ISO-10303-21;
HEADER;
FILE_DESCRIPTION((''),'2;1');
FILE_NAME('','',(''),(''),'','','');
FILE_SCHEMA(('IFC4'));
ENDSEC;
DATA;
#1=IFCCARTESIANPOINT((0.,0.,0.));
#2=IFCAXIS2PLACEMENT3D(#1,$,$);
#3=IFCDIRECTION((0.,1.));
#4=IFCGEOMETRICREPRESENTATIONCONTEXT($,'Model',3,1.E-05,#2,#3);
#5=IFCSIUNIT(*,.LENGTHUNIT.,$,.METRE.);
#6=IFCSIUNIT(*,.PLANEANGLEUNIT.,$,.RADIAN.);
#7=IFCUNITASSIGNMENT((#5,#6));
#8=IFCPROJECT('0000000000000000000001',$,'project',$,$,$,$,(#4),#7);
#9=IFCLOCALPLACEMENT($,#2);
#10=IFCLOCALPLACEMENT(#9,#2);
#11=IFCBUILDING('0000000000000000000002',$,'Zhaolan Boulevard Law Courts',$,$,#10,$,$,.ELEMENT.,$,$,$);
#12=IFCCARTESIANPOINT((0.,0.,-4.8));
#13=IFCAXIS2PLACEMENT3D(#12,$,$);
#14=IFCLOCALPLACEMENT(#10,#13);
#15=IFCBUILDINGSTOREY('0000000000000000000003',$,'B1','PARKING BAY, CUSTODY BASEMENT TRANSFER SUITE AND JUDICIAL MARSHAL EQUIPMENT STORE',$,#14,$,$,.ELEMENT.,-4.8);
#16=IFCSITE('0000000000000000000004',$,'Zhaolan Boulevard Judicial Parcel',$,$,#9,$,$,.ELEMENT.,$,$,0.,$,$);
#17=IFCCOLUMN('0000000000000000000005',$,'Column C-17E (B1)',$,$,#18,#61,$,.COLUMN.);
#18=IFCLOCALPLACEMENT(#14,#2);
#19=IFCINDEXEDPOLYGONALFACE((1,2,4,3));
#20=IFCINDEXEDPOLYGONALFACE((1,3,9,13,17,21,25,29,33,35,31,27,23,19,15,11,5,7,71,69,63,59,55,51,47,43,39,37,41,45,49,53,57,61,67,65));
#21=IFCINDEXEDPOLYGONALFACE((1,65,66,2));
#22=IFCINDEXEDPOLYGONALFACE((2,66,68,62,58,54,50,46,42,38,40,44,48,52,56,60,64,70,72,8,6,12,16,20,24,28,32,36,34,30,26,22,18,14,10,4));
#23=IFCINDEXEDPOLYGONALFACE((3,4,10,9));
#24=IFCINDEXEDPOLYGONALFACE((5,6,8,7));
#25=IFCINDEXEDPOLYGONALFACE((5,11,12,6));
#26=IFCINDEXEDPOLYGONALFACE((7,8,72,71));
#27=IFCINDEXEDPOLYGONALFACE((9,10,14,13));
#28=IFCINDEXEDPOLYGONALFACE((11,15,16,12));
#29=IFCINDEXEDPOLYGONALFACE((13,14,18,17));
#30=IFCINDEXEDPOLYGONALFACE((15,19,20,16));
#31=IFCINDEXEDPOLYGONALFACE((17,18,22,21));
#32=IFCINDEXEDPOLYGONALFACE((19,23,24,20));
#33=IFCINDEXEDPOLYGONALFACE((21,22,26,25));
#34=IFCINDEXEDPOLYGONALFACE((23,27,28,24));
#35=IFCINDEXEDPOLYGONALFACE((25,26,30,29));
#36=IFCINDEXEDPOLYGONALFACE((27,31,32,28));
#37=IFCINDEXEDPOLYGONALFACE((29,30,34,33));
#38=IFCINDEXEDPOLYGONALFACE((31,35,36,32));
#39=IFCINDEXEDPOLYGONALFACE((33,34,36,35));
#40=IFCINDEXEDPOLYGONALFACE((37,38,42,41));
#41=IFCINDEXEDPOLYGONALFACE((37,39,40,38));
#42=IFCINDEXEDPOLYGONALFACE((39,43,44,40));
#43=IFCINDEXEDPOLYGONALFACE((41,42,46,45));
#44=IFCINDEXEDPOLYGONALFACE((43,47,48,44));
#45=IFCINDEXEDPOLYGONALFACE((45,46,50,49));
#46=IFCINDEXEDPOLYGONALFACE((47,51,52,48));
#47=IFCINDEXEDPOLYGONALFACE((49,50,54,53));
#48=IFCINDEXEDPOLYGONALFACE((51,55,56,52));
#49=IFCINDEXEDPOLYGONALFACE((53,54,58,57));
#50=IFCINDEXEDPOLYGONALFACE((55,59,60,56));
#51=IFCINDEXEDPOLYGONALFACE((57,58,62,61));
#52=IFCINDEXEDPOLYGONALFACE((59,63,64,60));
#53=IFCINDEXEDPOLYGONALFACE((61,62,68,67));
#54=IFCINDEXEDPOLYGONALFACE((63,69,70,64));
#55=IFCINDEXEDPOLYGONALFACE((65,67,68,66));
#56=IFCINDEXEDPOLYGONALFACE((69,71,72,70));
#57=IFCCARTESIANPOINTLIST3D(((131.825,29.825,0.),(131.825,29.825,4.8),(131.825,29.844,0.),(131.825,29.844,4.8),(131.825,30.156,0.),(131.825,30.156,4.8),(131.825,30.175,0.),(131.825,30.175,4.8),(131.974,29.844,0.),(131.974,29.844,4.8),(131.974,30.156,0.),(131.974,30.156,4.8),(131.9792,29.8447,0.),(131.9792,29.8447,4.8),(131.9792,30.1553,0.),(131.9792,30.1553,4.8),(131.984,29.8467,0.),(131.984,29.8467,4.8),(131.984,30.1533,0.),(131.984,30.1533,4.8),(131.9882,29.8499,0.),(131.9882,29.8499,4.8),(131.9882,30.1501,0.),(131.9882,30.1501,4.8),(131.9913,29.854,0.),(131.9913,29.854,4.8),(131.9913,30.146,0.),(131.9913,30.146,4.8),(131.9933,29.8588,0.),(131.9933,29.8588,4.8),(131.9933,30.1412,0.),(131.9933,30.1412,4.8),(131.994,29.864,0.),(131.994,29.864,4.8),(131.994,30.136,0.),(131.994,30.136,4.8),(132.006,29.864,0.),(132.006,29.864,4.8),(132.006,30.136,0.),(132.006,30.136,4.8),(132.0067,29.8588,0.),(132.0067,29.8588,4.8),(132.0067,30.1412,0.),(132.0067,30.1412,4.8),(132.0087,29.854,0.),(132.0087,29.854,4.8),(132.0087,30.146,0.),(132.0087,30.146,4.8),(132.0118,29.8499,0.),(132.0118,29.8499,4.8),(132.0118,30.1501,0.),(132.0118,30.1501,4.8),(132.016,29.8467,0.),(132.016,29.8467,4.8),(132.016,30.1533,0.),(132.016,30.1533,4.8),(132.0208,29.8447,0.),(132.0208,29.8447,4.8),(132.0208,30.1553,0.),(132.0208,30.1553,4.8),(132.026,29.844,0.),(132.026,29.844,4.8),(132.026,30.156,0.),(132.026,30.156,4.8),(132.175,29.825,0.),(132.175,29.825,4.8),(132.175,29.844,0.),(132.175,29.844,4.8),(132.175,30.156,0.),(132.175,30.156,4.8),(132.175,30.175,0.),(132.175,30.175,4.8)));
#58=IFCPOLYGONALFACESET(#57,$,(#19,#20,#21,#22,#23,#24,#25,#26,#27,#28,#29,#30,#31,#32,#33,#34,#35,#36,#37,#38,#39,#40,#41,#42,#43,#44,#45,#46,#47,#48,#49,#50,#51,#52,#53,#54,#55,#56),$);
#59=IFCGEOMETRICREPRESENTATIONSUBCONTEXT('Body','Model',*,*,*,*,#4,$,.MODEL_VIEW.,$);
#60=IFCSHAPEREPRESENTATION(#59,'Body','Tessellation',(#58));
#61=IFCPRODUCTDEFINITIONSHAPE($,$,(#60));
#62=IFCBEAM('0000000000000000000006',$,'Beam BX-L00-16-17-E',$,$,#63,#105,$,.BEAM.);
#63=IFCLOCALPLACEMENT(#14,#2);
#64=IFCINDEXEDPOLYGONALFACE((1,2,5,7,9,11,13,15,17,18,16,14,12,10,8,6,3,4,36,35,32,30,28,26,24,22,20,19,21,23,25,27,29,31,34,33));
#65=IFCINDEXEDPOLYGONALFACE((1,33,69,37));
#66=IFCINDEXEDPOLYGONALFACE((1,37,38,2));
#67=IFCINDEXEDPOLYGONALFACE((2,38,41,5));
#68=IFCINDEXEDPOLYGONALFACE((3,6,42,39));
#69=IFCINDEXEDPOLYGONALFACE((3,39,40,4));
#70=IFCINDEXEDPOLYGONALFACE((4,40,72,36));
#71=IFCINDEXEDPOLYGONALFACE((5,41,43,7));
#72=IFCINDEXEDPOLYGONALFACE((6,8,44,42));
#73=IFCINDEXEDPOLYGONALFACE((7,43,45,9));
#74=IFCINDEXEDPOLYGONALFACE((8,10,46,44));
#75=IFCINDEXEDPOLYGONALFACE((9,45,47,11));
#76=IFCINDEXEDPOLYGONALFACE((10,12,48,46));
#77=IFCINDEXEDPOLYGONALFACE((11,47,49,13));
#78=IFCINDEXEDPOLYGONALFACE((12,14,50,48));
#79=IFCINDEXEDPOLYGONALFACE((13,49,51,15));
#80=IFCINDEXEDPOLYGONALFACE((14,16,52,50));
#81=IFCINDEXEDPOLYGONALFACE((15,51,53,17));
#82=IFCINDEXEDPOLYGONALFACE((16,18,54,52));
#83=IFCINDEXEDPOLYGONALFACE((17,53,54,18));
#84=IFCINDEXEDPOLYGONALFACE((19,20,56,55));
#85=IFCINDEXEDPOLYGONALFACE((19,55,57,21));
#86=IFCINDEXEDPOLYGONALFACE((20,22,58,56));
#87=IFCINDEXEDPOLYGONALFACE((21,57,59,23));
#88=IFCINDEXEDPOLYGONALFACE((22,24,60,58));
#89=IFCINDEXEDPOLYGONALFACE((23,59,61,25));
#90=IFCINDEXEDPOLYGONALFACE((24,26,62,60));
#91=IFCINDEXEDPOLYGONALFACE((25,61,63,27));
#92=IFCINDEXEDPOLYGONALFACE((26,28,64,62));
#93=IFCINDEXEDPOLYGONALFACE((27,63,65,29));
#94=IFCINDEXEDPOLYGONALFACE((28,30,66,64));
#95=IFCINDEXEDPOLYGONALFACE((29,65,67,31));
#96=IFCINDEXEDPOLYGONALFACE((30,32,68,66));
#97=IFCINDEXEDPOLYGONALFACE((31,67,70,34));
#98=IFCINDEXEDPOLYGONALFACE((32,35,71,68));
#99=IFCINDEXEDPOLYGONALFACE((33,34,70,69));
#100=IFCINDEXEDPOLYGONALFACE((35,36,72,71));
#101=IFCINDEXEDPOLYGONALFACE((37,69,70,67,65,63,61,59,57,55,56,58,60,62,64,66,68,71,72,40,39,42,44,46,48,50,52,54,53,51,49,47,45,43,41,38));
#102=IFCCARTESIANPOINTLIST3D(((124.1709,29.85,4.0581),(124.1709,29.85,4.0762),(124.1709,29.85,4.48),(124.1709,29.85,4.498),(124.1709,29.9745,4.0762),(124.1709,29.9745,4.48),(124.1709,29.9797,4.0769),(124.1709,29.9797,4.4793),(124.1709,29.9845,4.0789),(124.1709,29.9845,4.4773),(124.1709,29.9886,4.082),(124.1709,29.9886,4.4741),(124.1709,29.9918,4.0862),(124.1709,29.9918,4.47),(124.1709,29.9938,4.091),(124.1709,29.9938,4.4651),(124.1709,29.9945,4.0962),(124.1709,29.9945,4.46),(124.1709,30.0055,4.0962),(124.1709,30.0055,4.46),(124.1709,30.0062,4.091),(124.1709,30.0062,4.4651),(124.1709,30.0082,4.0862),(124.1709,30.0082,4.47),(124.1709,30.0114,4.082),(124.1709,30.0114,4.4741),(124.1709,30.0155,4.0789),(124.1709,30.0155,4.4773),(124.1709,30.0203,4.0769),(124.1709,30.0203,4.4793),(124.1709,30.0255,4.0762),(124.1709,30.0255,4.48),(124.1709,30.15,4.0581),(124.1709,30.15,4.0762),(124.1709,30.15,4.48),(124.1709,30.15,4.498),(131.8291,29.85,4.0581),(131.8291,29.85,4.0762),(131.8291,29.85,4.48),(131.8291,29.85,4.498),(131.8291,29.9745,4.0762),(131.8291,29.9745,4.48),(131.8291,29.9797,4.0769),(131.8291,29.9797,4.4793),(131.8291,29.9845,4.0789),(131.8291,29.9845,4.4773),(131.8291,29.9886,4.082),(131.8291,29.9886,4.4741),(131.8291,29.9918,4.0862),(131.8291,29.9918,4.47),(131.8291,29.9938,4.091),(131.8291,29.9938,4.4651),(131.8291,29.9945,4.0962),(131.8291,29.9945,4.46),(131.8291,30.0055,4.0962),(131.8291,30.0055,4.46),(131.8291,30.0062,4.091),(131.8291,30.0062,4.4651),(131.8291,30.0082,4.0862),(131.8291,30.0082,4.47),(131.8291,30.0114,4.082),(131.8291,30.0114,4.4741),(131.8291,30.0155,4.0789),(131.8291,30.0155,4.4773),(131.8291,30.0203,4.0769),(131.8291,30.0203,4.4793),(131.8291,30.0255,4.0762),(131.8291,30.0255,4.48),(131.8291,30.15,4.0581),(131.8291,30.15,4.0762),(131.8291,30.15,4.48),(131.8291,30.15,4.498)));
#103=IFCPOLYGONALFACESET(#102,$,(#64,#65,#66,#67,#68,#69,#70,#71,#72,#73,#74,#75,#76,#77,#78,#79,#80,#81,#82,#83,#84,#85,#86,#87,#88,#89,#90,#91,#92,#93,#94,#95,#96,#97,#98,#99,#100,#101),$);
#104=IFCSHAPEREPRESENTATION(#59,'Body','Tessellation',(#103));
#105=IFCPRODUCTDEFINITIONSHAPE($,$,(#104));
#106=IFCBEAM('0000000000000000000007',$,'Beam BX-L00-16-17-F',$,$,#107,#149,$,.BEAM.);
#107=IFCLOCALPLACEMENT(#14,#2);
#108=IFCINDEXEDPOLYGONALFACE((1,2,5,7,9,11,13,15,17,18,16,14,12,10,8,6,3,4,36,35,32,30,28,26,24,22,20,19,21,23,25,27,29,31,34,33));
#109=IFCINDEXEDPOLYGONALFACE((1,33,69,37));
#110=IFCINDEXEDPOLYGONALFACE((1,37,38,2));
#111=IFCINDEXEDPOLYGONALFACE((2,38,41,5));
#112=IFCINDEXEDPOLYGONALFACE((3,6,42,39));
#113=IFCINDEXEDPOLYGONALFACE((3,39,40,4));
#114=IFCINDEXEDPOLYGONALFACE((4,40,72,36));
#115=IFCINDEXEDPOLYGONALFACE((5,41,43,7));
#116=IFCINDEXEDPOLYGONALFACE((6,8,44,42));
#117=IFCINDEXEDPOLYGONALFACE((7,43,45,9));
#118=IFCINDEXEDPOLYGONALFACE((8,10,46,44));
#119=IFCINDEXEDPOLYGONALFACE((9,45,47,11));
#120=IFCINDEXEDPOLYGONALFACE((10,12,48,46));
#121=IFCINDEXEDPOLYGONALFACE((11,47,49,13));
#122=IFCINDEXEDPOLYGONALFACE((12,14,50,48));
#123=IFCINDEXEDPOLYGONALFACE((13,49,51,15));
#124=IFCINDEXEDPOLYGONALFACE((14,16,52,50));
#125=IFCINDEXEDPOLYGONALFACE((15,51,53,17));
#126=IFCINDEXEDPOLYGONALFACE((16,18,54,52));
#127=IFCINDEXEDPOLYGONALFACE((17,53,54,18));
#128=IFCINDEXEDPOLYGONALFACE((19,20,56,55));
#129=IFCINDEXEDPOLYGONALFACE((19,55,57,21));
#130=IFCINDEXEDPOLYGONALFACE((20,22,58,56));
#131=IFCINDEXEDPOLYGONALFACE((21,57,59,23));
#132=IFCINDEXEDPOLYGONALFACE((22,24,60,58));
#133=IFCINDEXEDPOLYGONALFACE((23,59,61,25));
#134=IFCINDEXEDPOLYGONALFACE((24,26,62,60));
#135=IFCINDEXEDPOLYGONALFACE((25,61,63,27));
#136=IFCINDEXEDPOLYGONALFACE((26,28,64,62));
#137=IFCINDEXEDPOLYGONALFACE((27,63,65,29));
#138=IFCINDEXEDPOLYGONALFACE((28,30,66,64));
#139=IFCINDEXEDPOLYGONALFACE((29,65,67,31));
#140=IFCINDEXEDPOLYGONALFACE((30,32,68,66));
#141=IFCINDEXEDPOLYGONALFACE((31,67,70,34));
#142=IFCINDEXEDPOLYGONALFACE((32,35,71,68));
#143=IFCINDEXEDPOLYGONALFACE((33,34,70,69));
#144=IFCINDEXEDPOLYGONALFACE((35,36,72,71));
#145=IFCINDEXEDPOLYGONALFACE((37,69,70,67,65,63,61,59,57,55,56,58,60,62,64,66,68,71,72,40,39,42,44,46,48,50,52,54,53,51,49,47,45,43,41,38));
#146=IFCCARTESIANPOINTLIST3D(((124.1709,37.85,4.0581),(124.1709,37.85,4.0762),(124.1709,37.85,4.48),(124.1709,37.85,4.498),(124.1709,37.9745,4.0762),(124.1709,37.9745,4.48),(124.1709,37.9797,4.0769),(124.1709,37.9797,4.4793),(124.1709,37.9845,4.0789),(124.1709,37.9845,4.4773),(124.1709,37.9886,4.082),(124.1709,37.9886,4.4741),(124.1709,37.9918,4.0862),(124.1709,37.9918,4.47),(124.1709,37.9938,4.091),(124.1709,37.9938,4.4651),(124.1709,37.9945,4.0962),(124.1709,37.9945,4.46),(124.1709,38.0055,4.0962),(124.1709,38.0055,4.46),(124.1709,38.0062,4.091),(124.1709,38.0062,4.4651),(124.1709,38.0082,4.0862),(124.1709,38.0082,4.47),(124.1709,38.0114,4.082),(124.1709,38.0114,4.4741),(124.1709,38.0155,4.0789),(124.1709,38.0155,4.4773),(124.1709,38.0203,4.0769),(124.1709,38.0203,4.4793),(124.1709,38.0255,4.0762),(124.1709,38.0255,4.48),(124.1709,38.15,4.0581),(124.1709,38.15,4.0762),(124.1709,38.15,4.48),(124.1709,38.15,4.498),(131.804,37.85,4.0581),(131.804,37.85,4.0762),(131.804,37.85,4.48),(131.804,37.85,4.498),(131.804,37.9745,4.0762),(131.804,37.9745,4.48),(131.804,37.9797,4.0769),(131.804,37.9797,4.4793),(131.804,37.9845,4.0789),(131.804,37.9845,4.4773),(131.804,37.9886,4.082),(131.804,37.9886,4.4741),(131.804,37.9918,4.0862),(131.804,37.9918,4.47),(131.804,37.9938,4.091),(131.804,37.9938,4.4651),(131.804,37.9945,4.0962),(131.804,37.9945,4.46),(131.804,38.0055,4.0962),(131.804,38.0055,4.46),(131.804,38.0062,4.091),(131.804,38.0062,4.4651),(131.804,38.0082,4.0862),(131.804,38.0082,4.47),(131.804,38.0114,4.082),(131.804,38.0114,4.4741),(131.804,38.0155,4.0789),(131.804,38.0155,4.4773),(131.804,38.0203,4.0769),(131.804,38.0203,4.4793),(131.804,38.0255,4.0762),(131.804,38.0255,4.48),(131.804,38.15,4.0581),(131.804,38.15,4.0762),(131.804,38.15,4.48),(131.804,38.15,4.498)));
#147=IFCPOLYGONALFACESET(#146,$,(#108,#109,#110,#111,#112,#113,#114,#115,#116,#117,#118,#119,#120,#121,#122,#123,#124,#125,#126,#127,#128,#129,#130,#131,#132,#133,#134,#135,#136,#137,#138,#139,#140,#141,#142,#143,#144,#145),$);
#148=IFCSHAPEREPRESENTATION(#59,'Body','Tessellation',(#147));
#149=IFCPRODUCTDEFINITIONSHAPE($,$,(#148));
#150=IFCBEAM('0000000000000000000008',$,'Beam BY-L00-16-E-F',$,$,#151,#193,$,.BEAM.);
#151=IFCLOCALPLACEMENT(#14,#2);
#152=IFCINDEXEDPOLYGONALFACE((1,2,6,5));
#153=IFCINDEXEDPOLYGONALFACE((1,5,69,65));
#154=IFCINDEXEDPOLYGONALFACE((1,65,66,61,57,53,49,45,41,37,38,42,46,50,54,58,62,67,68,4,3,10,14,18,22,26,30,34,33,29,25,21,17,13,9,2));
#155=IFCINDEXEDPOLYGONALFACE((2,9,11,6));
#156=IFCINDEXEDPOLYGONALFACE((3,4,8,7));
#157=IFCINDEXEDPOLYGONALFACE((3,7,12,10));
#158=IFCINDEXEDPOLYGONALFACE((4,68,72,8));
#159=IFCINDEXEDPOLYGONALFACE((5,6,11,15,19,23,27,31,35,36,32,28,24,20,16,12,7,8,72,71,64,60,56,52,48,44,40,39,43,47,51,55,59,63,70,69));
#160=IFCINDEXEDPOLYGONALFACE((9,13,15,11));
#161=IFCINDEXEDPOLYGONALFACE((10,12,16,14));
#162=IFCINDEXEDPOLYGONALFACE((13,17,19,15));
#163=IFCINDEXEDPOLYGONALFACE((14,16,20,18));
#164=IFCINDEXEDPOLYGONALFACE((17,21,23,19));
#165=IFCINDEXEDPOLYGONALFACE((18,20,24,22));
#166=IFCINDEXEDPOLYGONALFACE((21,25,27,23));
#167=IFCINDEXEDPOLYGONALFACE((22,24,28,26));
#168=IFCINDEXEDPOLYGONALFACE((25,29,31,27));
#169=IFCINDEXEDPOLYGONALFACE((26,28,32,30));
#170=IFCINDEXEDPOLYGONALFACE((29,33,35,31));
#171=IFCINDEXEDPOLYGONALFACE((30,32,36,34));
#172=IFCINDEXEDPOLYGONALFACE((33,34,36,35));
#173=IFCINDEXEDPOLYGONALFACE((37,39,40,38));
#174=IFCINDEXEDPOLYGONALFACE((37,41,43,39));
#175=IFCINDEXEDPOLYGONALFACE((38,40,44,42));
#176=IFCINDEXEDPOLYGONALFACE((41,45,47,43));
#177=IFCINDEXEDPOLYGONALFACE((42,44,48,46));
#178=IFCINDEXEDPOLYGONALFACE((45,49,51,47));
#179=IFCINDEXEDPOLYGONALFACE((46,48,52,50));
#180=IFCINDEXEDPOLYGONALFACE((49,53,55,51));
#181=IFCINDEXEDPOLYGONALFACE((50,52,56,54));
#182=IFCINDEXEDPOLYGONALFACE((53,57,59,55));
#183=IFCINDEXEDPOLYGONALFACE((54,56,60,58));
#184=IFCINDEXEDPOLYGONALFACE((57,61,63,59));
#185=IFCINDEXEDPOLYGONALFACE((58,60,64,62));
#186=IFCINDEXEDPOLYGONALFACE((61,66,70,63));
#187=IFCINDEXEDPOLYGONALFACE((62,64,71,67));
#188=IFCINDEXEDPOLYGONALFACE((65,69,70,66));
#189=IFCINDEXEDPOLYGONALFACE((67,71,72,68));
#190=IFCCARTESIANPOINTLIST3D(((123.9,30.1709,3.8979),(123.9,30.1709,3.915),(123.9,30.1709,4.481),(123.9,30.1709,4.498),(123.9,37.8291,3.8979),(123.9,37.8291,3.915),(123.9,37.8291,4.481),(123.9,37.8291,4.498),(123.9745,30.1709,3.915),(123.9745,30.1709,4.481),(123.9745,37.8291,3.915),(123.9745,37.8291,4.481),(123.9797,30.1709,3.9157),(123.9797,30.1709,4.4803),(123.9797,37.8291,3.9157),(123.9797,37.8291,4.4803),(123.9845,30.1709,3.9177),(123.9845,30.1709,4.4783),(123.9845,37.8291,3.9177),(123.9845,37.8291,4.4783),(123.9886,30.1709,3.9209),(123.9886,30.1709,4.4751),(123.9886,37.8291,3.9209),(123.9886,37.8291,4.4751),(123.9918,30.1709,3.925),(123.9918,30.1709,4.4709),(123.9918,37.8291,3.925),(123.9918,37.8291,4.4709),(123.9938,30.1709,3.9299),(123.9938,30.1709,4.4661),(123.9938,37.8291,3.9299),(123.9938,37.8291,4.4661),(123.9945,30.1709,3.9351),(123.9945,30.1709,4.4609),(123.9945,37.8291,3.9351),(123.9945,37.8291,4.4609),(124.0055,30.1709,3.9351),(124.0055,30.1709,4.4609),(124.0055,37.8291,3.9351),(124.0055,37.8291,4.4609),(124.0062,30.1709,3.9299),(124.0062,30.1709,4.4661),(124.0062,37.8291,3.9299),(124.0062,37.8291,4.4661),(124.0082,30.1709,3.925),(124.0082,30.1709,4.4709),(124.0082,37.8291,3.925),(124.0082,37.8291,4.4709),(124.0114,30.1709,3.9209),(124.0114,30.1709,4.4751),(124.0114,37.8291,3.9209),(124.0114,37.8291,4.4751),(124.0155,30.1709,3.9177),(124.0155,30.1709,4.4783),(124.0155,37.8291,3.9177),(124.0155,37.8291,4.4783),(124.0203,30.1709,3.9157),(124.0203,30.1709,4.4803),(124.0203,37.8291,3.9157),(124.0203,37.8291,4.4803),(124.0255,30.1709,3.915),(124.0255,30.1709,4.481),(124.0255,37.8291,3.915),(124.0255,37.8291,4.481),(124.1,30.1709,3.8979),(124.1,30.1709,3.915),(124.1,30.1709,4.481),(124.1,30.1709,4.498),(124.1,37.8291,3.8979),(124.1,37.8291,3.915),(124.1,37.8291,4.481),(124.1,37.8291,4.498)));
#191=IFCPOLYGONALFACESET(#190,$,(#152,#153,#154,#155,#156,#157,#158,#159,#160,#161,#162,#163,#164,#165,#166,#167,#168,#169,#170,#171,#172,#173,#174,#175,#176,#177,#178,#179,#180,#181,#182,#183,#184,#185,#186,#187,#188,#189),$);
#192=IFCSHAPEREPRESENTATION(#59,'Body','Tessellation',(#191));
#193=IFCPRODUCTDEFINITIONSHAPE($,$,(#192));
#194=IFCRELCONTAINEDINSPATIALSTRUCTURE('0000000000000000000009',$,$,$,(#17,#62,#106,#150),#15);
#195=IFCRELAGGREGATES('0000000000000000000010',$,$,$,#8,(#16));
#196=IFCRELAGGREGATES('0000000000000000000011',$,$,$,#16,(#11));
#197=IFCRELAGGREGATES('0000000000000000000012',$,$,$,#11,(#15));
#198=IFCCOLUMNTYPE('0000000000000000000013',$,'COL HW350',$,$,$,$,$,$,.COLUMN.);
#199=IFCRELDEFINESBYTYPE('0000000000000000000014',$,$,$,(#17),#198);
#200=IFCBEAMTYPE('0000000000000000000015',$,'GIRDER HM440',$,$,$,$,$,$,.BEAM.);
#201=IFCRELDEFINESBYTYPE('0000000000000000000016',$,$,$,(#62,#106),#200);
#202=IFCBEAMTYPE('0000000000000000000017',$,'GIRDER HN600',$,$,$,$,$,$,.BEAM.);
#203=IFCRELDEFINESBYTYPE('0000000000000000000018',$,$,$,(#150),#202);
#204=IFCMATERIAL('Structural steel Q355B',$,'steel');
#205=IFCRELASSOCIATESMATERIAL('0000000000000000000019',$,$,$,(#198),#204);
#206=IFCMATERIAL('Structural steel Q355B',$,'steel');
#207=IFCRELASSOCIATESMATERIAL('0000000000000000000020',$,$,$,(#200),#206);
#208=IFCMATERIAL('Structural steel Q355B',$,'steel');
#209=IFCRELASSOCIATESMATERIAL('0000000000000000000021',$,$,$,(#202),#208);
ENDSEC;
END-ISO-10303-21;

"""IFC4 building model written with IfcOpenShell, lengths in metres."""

from ifc_helpers import new_model, si_unit, direction, frame, origin, origin_2d, place, context, subcontext, project, spatial, i_section, extrude, material, material_profile, profile_set, type_object, element, save


model = new_model("IFC4")

# Units and contexts
model_context = context("Model", 3, precision=1e-05, world=origin(), true_north=direction((0.0, 1.0)))
body_context = subcontext(model_context, "Body", "Model", "MODEL_VIEW")
ifc_project = project(units=[si_unit("LENGTHUNIT", "METRE"), si_unit("PLANEANGLEUNIT", "RADIAN")], contexts=[model_context])

# Site, building, storey
site_placement = place(None, origin())
site = spatial("IfcSite", under=ifc_project, at=site_placement, Name="Zhaolan Boulevard Judicial Parcel", CompositionType="ELEMENT", RefElevation=0.0)
building_placement = place(site_placement, origin())
building = spatial("IfcBuilding", under=site, at=building_placement, Name="Zhaolan Boulevard Law Courts", CompositionType="ELEMENT")
storey_placement = place(building_placement, frame((0.0, 0.0, -4.8)))
storey = spatial("IfcBuildingStorey", under=building, at=storey_placement, Name="B1", Description="PARKING BAY, CUSTODY BASEMENT TRANSFER SUITE AND JUDICIAL MARSHAL EQUIPMENT STORE", CompositionType="ELEMENT", Elevation=-4.8)

# Column
ifc_material_1 = material(Name="Structural steel Q355B", Category="steel")
ifc_material_profile_1 = material_profile(ifc_material_1, i_section(OverallWidth=0.3501, OverallDepth=0.3501, WebThickness=0.012, FlangeThickness=0.019, FilletRadius=0.02, at=origin_2d()), Name="HW350x350")
ifc_profile_set_1 = profile_set([ifc_material_profile_1], Name="Structural steel Q355B")
column_type_1 = type_object("IfcColumnType", Name="COL HW350", PredefinedType="COLUMN", material=ifc_profile_set_1)
for number, where, z_axis, x_axis, name in (
    (1, (132.0, 30.0, 0.0), (0.0, 0.0, 1.0), (1.0, 0.0, 0.0), "Column C-17E (B1)"),
):
    element("IfcColumn", number, at=place(storey_placement, frame(where, z_axis=z_axis, x_axis=x_axis)), inside=storey, type_object=column_type_1, Name=name, PredefinedType="COLUMN", context=body_context, shape_type="SweptSolid", body=[
        extrude(i_section(OverallWidth=0.3501, OverallDepth=0.3501, WebThickness=0.012, FlangeThickness=0.019, FilletRadius=0.02, at=origin_2d()), origin(), (0.0, 0.0, 1.0), 4.8),
    ])

# Beams
ifc_material_2 = material(Name="Structural steel Q355B", Category="steel")
ifc_material_profile_2 = material_profile(ifc_material_2, i_section(OverallWidth=0.3, OverallDepth=0.4399, WebThickness=0.011, FlangeThickness=0.0181, FilletRadius=0.02, at=origin_2d()), Name="HM440x300")
ifc_profile_set_2 = profile_set([ifc_material_profile_2], Name="Structural steel Q355B")
beam_type_1 = type_object("IfcBeamType", Name="GIRDER HM440", PredefinedType="BEAM", material=ifc_profile_set_2)
beam_1_placement = place(storey_placement, frame((124.1709, 30.0, 4.2781), z_axis=(1.0, 0.0, 0.0), x_axis=(0.0, 1.0, 0.0)))
element("IfcBeam", 2, at=beam_1_placement, inside=storey, type_object=beam_type_1, Name="Beam BX-L00-16-17-E", PredefinedType="BEAM", context=body_context, shape_type="SweptSolid", body=[
    extrude(i_section(OverallWidth=0.3, OverallDepth=0.4399, WebThickness=0.011, FlangeThickness=0.0181, FilletRadius=0.02, at=origin_2d()), origin(), (0.0, 0.0, 1.0), 7.6582),
])
beam_2_placement = place(storey_placement, frame((124.1709, 38.0, 4.2781), z_axis=(1.0, 0.0, 0.0), x_axis=(0.0, 1.0, 0.0)))
element("IfcBeam", 3, at=beam_2_placement, inside=storey, type_object=beam_type_1, Name="Beam BX-L00-16-17-F", PredefinedType="BEAM", context=body_context, shape_type="SweptSolid", body=[
    extrude(i_section(OverallWidth=0.3, OverallDepth=0.4399, WebThickness=0.011, FlangeThickness=0.0181, FilletRadius=0.02, at=origin_2d()), origin(), (0.0, 0.0, 1.0), 7.6331),
])
ifc_material_3 = material(Name="Structural steel Q355B", Category="steel")
ifc_material_profile_3 = material_profile(ifc_material_3, i_section(OverallWidth=0.2, OverallDepth=0.6001, WebThickness=0.011, FlangeThickness=0.0171, FilletRadius=0.02, at=origin_2d()), Name="HN600x200")
ifc_profile_set_3 = profile_set([ifc_material_profile_3], Name="Structural steel Q355B")
beam_type_2 = type_object("IfcBeamType", Name="GIRDER HN600", PredefinedType="BEAM", material=ifc_profile_set_3)
for number, where, z_axis, x_axis, name in (
    (4, (124.0, 30.1709, 4.198), (0.0, 1.0, 0.0), (-1.0, 0.0, 0.0), "Beam BY-L00-16-E-F"),
):
    element("IfcBeam", number, at=place(storey_placement, frame(where, z_axis=z_axis, x_axis=x_axis)), inside=storey, type_object=beam_type_2, Name=name, PredefinedType="BEAM", context=body_context, shape_type="SweptSolid", body=[
        extrude(i_section(OverallWidth=0.2, OverallDepth=0.6001, WebThickness=0.011, FlangeThickness=0.0171, FilletRadius=0.02, at=origin_2d()), origin(), (0.0, 0.0, 1.0), 7.6582),
    ])

save(model, "model.ifc")
